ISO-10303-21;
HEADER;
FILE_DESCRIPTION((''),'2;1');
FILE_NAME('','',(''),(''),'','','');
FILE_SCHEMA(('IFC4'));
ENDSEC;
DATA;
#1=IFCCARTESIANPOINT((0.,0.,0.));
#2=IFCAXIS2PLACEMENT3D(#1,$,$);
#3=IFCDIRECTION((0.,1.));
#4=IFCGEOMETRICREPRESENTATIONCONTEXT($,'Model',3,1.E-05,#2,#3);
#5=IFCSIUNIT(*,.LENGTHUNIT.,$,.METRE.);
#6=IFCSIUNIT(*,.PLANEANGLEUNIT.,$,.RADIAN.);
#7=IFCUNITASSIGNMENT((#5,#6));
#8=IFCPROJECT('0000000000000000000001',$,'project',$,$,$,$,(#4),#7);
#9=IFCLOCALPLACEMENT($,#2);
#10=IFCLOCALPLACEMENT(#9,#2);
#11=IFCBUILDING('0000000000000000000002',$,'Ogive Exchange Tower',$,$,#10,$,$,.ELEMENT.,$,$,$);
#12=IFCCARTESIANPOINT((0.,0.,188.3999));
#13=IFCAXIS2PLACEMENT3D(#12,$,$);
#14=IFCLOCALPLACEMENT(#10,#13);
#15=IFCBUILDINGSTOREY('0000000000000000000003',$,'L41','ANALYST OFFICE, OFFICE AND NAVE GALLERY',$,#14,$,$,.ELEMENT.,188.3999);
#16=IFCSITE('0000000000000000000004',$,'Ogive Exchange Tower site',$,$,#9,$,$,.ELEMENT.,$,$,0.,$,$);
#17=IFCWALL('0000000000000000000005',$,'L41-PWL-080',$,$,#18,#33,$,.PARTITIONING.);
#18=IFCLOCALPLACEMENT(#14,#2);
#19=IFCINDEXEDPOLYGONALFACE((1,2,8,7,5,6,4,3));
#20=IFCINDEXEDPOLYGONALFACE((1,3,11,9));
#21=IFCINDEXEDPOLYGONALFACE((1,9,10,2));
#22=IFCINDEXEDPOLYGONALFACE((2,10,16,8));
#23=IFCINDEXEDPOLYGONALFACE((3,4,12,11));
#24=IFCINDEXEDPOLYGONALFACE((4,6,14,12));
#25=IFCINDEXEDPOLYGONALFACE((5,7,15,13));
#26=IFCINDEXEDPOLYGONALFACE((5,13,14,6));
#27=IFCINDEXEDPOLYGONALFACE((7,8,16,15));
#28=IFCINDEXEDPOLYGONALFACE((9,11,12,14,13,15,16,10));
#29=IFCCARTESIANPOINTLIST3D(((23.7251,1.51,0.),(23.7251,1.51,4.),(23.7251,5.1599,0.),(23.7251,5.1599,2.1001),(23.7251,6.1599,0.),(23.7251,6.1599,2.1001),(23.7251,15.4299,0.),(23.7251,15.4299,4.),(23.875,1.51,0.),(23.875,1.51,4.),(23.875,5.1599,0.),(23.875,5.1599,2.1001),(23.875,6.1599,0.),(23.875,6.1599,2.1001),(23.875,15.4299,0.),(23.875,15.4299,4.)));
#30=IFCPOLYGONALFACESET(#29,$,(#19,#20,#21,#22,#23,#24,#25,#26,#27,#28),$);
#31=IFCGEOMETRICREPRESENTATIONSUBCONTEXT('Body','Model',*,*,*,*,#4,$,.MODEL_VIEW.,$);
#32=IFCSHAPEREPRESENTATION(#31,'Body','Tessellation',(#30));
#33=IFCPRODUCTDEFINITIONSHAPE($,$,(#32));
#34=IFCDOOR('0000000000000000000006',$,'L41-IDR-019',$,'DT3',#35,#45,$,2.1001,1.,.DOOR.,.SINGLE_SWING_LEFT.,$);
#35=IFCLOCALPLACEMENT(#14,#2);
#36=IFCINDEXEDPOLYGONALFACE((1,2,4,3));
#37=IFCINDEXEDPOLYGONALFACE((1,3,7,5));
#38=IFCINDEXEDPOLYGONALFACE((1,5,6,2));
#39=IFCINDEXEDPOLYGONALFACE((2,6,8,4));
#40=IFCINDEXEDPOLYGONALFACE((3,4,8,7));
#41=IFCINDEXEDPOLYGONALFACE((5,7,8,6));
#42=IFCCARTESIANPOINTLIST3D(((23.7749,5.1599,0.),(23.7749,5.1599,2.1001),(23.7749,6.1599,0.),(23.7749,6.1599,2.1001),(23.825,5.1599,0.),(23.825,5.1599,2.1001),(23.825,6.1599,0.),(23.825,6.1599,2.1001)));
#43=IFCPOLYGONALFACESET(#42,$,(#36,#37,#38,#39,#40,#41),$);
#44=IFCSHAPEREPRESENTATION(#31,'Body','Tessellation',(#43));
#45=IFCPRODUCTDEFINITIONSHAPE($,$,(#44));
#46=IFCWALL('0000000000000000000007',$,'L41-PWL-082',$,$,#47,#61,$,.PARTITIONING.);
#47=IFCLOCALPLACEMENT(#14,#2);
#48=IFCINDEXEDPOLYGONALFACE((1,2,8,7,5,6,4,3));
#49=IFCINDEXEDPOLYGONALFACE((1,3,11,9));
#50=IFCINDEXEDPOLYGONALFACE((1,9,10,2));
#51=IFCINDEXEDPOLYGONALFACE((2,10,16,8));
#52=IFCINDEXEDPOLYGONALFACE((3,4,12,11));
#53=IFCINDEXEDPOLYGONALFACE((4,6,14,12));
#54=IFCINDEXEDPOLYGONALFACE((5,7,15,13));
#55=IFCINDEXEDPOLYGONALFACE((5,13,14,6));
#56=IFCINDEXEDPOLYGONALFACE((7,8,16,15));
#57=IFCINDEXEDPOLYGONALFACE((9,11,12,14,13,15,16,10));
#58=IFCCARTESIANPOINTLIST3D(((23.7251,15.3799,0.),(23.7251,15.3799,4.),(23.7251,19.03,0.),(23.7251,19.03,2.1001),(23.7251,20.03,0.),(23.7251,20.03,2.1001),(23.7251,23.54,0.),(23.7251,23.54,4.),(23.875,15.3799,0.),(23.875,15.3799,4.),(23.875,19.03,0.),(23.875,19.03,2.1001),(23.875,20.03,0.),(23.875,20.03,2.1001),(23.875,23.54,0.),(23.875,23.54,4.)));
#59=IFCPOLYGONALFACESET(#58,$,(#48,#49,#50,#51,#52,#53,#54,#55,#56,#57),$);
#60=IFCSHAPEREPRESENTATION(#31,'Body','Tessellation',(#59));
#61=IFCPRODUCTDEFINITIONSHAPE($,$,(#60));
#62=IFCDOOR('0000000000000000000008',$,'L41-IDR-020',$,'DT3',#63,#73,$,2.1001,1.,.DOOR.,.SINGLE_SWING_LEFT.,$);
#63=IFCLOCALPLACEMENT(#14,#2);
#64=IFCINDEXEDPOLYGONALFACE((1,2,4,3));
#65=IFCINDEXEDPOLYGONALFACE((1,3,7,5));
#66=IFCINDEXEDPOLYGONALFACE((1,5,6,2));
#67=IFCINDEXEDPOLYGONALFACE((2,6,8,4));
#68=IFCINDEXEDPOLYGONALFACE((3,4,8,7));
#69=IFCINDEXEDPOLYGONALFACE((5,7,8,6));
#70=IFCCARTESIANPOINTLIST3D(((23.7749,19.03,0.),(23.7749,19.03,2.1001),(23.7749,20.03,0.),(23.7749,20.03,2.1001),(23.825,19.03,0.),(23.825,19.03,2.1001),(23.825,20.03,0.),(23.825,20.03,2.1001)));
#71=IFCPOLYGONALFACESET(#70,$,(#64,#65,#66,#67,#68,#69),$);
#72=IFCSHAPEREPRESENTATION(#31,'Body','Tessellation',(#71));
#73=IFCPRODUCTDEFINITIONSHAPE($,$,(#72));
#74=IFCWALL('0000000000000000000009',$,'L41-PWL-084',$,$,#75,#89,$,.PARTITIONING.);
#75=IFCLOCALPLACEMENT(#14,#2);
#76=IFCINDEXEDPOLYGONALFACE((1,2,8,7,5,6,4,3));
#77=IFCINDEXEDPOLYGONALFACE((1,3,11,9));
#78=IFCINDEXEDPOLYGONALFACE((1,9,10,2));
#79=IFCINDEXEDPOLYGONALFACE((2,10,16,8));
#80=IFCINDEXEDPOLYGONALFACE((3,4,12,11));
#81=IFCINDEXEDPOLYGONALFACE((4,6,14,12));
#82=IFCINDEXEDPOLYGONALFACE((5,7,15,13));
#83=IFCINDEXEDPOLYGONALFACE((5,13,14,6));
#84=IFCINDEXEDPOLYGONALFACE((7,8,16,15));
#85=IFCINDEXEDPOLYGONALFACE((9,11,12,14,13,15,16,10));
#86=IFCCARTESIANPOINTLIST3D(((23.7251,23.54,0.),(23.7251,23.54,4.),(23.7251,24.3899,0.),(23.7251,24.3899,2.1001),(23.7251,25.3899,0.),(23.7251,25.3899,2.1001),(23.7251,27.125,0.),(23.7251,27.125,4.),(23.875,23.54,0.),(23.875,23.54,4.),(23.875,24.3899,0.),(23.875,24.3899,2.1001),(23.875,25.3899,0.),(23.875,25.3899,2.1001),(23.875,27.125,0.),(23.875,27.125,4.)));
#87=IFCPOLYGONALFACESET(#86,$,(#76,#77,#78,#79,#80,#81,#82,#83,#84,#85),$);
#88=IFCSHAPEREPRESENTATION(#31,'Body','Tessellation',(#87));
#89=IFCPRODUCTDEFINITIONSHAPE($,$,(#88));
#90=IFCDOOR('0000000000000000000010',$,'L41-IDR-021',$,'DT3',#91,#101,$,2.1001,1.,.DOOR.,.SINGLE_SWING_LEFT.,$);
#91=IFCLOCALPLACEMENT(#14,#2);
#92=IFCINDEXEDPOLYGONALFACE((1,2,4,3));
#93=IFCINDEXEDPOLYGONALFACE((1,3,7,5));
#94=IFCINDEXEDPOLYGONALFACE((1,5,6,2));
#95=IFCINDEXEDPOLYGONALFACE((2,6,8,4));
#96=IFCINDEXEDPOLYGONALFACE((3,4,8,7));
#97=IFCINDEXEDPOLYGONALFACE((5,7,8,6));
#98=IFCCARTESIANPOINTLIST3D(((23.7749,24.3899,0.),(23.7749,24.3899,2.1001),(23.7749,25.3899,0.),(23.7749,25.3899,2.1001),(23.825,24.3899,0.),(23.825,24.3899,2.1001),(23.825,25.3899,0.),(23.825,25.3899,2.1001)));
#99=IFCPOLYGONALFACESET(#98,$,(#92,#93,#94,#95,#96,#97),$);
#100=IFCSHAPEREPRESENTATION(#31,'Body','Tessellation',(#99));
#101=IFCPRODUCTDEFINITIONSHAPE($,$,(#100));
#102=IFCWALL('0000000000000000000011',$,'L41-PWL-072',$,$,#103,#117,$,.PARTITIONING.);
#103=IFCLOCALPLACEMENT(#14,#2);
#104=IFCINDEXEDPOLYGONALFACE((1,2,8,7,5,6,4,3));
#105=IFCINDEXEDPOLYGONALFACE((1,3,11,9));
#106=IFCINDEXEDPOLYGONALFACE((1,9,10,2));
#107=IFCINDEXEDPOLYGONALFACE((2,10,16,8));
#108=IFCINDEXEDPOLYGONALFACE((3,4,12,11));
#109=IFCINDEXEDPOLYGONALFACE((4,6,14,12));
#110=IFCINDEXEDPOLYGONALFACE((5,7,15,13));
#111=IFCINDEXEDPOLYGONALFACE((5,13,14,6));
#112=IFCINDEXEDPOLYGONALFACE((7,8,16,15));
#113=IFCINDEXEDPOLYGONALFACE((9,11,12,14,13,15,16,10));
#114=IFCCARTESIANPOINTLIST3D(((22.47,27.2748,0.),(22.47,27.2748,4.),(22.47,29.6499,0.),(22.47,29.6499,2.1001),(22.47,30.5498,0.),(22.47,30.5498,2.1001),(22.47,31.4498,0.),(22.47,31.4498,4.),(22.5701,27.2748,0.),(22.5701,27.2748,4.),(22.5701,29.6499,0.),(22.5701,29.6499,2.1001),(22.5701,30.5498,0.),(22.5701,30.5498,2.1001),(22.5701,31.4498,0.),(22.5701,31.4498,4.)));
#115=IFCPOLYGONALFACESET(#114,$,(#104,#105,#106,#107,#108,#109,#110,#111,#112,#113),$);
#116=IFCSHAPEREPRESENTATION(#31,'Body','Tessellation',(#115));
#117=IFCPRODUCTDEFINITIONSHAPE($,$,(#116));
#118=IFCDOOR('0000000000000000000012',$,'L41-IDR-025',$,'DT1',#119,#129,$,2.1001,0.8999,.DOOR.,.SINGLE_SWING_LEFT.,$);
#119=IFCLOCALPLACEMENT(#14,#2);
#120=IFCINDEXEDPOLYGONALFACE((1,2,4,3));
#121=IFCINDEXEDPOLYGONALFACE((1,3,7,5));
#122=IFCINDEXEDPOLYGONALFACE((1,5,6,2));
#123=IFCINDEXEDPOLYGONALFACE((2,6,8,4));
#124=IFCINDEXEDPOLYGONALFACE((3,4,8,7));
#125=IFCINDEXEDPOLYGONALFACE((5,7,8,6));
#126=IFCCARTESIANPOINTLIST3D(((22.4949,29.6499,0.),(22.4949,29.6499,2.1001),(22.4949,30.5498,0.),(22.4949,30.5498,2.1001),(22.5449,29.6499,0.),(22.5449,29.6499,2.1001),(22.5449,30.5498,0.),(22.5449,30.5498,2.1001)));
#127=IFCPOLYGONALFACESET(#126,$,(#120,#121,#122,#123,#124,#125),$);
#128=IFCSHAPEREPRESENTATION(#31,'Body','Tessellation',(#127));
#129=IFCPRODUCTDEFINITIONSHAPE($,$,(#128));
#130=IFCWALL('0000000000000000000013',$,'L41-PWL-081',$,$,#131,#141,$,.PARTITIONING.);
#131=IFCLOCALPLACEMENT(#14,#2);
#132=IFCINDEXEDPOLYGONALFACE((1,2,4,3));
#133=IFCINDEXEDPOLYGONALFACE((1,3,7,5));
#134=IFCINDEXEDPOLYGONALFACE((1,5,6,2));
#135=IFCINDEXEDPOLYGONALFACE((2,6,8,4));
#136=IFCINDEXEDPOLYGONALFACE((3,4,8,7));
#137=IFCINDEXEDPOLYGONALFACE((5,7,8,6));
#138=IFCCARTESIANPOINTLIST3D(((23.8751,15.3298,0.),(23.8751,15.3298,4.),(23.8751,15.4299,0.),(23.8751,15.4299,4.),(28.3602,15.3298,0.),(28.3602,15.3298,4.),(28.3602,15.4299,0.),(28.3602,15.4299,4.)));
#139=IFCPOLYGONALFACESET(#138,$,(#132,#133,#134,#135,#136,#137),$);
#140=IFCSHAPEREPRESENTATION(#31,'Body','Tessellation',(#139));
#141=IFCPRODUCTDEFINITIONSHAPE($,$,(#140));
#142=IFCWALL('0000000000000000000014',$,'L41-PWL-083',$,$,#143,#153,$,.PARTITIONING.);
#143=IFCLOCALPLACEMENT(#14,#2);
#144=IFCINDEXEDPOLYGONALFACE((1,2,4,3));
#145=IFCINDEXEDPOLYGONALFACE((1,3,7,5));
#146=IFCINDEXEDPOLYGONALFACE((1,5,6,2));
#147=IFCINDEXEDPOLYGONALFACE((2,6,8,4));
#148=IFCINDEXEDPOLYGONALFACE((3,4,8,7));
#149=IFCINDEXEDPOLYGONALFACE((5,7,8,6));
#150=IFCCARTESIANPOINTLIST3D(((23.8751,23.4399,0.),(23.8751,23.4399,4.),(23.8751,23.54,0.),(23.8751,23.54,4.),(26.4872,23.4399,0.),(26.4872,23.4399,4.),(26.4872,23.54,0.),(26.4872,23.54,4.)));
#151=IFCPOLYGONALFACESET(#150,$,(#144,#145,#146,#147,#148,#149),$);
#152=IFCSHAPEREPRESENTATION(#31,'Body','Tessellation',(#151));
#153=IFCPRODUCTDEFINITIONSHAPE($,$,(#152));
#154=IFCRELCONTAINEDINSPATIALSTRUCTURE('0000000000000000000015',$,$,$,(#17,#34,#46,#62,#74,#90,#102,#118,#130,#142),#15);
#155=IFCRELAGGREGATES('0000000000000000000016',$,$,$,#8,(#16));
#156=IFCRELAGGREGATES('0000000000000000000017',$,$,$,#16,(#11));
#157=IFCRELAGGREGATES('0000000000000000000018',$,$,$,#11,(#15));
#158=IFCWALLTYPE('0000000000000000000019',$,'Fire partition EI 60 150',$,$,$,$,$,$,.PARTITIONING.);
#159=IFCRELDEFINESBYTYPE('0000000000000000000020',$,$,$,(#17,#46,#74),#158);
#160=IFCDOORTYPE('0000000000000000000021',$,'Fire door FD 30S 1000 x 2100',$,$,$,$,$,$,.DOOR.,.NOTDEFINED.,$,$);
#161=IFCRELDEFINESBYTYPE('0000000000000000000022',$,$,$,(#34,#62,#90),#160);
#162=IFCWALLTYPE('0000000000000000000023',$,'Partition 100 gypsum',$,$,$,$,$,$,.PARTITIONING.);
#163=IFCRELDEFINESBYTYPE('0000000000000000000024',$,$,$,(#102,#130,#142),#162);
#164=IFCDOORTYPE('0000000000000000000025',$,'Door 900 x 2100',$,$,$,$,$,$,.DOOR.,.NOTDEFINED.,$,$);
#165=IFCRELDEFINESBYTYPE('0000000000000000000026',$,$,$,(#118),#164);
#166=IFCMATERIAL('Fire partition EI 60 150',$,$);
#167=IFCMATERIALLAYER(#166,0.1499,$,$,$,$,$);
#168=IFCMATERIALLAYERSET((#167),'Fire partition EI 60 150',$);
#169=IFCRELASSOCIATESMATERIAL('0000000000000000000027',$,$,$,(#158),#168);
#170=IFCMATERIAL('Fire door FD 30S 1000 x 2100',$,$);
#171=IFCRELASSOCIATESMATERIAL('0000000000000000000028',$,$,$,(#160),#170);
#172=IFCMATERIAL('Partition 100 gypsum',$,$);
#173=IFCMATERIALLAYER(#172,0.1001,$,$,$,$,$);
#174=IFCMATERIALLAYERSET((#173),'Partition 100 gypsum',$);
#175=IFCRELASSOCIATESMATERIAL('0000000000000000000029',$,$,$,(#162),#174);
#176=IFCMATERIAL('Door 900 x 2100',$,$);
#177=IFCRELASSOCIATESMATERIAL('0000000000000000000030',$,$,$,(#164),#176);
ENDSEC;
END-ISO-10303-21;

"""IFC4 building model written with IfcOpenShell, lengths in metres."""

from ifc_helpers import new_model, si_unit, direction, frame, frame_2d, origin, place, context, subcontext, project, spatial, rectangle, extrude, material, layer, layer_set, type_object, element, fill, save


model = new_model("IFC4")

# Units and contexts
model_context = context("Model", 3, precision=1e-05, world=origin(), true_north=direction((0.0, 1.0)))
body_context = subcontext(model_context, "Body", "Model", "MODEL_VIEW")
ifc_project = project(units=[si_unit("LENGTHUNIT", "METRE"), si_unit("PLANEANGLEUNIT", "RADIAN")], contexts=[model_context])

# Site, building, storey
site_placement = place(None, origin())
site = spatial("IfcSite", under=ifc_project, at=site_placement, Name="Ogive Exchange Tower site", CompositionType="ELEMENT", RefElevation=0.0)
building_placement = place(site_placement, origin())
building = spatial("IfcBuilding", under=site, at=building_placement, Name="Ogive Exchange Tower", CompositionType="ELEMENT")
storey_placement = place(building_placement, frame((0.0, 0.0, 188.3999)))
storey = spatial("IfcBuildingStorey", under=building, at=storey_placement, Name="L41", Description="ANALYST OFFICE, OFFICE AND NAVE GALLERY", CompositionType="ELEMENT", Elevation=188.3999)

# Shared definitions
ifc_material_1 = material(Name="Fire partition EI 60 150")
ifc_layer_1 = layer(ifc_material_1, 0.1499)
ifc_layer_set_1 = layer_set([ifc_layer_1], Name="Fire partition EI 60 150")
wall_type_1 = type_object("IfcWallType", Name="Fire partition EI 60 150", PredefinedType="PARTITIONING", material=ifc_layer_set_1)

# Walls, openings, doors
wall_1_placement = place(storey_placement, frame((23.8, 15.4299, 0.0), z_axis=(0.0, 0.0, 1.0), x_axis=(0.0, -1.0, 0.0)))
wall_1 = element("IfcWall", 1, at=wall_1_placement, inside=storey, type_object=wall_type_1, Name="L41-PWL-080", PredefinedType="PARTITIONING", context=body_context, shape_type="SweptSolid", body=[
    extrude(rectangle(XDim=13.9199, YDim=0.1499, at=frame_2d((6.96, 0.0))), origin(), (0.0, 0.0, 1.0), 4.0),
])
opening_1_placement = place(wall_1_placement, frame((9.27, 0.0, 0.0)))
opening_1 = element("IfcOpeningElement", 2, at=opening_1_placement, cuts=wall_1, PredefinedType="OPENING", context=body_context, shape_type="SweptSolid", body=[
    extrude(rectangle(XDim=1.0, YDim=2.1001, at=frame_2d((0.5, 1.05))), frame((0.0, 0.085, 0.0), z_axis=(0.0, -1.0, 0.0), x_axis=(1.0, 0.0, 0.0)), (0.0, 0.0, 1.0), 0.1699),
])
ifc_material_2 = material(Name="Fire door FD 30S 1000 x 2100")
door_type_1 = type_object("IfcDoorType", Name="Fire door FD 30S 1000 x 2100", OperationType="NOTDEFINED", PredefinedType="DOOR", material=ifc_material_2)
door_1_placement = place(opening_1_placement, origin())
door_1 = element("IfcDoor", 3, at=door_1_placement, inside=storey, type_object=door_type_1, Name="L41-IDR-019", ObjectType="DT3", OperationType="SINGLE_SWING_LEFT", OverallHeight=2.1001, OverallWidth=1.0, PredefinedType="DOOR", context=body_context, shape_type="SweptSolid", body=[
    extrude(rectangle(XDim=1.0, YDim=2.1001, at=frame_2d((0.5, 1.05))), frame((0.0, 0.0249, 0.0), z_axis=(0.0, -1.0, 0.0), x_axis=(1.0, 0.0, 0.0)), (0.0, 0.0, 1.0), 0.05),
])
fill(opening_1, door_1)
wall_2_placement = place(storey_placement, frame((23.8, 23.54, 0.0), z_axis=(0.0, 0.0, 1.0), x_axis=(0.0, -1.0, 0.0)))
wall_2 = element("IfcWall", 4, at=wall_2_placement, inside=storey, type_object=wall_type_1, Name="L41-PWL-082", PredefinedType="PARTITIONING", context=body_context, shape_type="SweptSolid", body=[
    extrude(rectangle(XDim=8.1602, YDim=0.1499, at=frame_2d((4.0801, 0.0))), origin(), (0.0, 0.0, 1.0), 4.0),
])
opening_2_placement = place(wall_2_placement, frame((3.51, 0.0, 0.0)))
opening_2 = element("IfcOpeningElement", 5, at=opening_2_placement, cuts=wall_2, PredefinedType="OPENING", context=body_context, shape_type="SweptSolid", body=[
    extrude(rectangle(XDim=1.0, YDim=2.1001, at=frame_2d((0.5, 1.05))), frame((0.0, 0.085, 0.0), z_axis=(0.0, -1.0, 0.0), x_axis=(1.0, 0.0, 0.0)), (0.0, 0.0, 1.0), 0.1699),
])
door_2_placement = place(opening_2_placement, origin())
door_2 = element("IfcDoor", 6, at=door_2_placement, inside=storey, type_object=door_type_1, Name="L41-IDR-020", ObjectType="DT3", OperationType="SINGLE_SWING_LEFT", OverallHeight=2.1001, OverallWidth=1.0, PredefinedType="DOOR", context=body_context, shape_type="SweptSolid", body=[
    extrude(rectangle(XDim=1.0, YDim=2.1001, at=frame_2d((0.5, 1.05))), frame((0.0, 0.0249, 0.0), z_axis=(0.0, -1.0, 0.0), x_axis=(1.0, 0.0, 0.0)), (0.0, 0.0, 1.0), 0.05),
])
fill(opening_2, door_2)
wall_3_placement = place(storey_placement, frame((23.8, 27.125, 0.0), z_axis=(0.0, 0.0, 1.0), x_axis=(0.0, -1.0, 0.0)))
wall_3 = element("IfcWall", 7, at=wall_3_placement, inside=storey, type_object=wall_type_1, Name="L41-PWL-084", PredefinedType="PARTITIONING", context=body_context, shape_type="SweptSolid", body=[
    extrude(rectangle(XDim=3.585, YDim=0.1499, at=frame_2d((1.7925, 0.0))), origin(), (0.0, 0.0, 1.0), 4.0),
])
opening_3_placement = place(wall_3_placement, frame((1.7351, 0.0, 0.0)))
opening_3 = element("IfcOpeningElement", 8, at=opening_3_placement, cuts=wall_3, PredefinedType="OPENING", context=body_context, shape_type="SweptSolid", body=[
    extrude(rectangle(XDim=1.0, YDim=2.1001, at=frame_2d((0.5, 1.05))), frame((0.0, 0.085, 0.0), z_axis=(0.0, -1.0, 0.0), x_axis=(1.0, 0.0, 0.0)), (0.0, 0.0, 1.0), 0.1699),
])
door_3_placement = place(opening_3_placement, origin())
door_3 = element("IfcDoor", 9, at=door_3_placement, inside=storey, type_object=door_type_1, Name="L41-IDR-021", ObjectType="DT3", OperationType="SINGLE_SWING_LEFT", OverallHeight=2.1001, OverallWidth=1.0, PredefinedType="DOOR", context=body_context, shape_type="SweptSolid", body=[
    extrude(rectangle(XDim=1.0, YDim=2.1001, at=frame_2d((0.5, 1.05))), frame((0.0, 0.0249, 0.0), z_axis=(0.0, -1.0, 0.0), x_axis=(1.0, 0.0, 0.0)), (0.0, 0.0, 1.0), 0.05),
])
fill(opening_3, door_3)
ifc_material_3 = material(Name="Partition 100 gypsum")
ifc_layer_2 = layer(ifc_material_3, 0.1001)
ifc_layer_set_2 = layer_set([ifc_layer_2], Name="Partition 100 gypsum")
wall_type_2 = type_object("IfcWallType", Name="Partition 100 gypsum", PredefinedType="PARTITIONING", material=ifc_layer_set_2)
wall_4_placement = place(storey_placement, frame((22.52, 27.2749, 0.0), z_axis=(0.0, 0.0, 1.0), x_axis=(0.0, 1.0, 0.0)))
wall_4 = element("IfcWall", 10, at=wall_4_placement, inside=storey, type_object=wall_type_2, Name="L41-PWL-072", PredefinedType="PARTITIONING", context=body_context, shape_type="SweptSolid", body=[
    extrude(rectangle(XDim=4.175, YDim=0.1001, at=frame_2d((2.0874, 0.0))), origin(), (0.0, 0.0, 1.0), 4.0),
])
opening_4_placement = place(wall_4_placement, frame((2.375, 0.0, 0.0)))
opening_4 = element("IfcOpeningElement", 11, at=opening_4_placement, cuts=wall_4, PredefinedType="OPENING", context=body_context, shape_type="SweptSolid", body=[
    extrude(rectangle(XDim=0.8999, YDim=2.1001, at=frame_2d((0.45, 1.05))), frame((0.0, 0.0601, 0.0), z_axis=(0.0, -1.0, 0.0), x_axis=(1.0, 0.0, 0.0)), (0.0, 0.0, 1.0), 0.1201),
])
ifc_material_4 = material(Name="Door 900 x 2100")
door_type_2 = type_object("IfcDoorType", Name="Door 900 x 2100", OperationType="NOTDEFINED", PredefinedType="DOOR", material=ifc_material_4)
door_4_placement = place(opening_4_placement, frame((0.8999, 0.0, 0.0), z_axis=(0.0, 0.0, 1.0), x_axis=(-1.0, 0.0, 0.0)))
door_4 = element("IfcDoor", 12, at=door_4_placement, inside=storey, type_object=door_type_2, Name="L41-IDR-025", ObjectType="DT1", OperationType="SINGLE_SWING_LEFT", OverallHeight=2.1001, OverallWidth=0.8999, PredefinedType="DOOR", context=body_context, shape_type="SweptSolid", body=[
    extrude(rectangle(XDim=0.8999, YDim=2.1001, at=frame_2d((0.45, 1.05))), frame((0.0, 0.0249, 0.0), z_axis=(0.0, -1.0, 0.0), x_axis=(1.0, 0.0, 0.0)), (0.0, 0.0, 1.0), 0.05),
])
fill(opening_4, door_4)

# Walls
wall_5_placement = place(storey_placement, frame((23.875, 15.3799, 0.0), z_axis=(0.0, 0.0, 1.0), x_axis=(1.0, 0.0, 0.0)))
element("IfcWall", 13, at=wall_5_placement, inside=storey, type_object=wall_type_2, Name="L41-PWL-081", PredefinedType="PARTITIONING", context=body_context, shape_type="SweptSolid", body=[
    extrude(rectangle(XDim=4.4851, YDim=0.1001, at=frame_2d((2.2427, 0.0))), origin(), (0.0, 0.0, 1.0), 4.0),
])
wall_6_placement = place(storey_placement, frame((23.875, 23.49, 0.0), z_axis=(0.0, 0.0, 1.0), x_axis=(1.0, 0.0, 0.0)))
element("IfcWall", 14, at=wall_6_placement, inside=storey, type_object=wall_type_2, Name="L41-PWL-083", PredefinedType="PARTITIONING", context=body_context, shape_type="SweptSolid", body=[
    extrude(rectangle(XDim=2.6121, YDim=0.1001, at=frame_2d((1.3062, 0.0))), origin(), (0.0, 0.0, 1.0), 4.0),
])

save(model, "model.ifc")
